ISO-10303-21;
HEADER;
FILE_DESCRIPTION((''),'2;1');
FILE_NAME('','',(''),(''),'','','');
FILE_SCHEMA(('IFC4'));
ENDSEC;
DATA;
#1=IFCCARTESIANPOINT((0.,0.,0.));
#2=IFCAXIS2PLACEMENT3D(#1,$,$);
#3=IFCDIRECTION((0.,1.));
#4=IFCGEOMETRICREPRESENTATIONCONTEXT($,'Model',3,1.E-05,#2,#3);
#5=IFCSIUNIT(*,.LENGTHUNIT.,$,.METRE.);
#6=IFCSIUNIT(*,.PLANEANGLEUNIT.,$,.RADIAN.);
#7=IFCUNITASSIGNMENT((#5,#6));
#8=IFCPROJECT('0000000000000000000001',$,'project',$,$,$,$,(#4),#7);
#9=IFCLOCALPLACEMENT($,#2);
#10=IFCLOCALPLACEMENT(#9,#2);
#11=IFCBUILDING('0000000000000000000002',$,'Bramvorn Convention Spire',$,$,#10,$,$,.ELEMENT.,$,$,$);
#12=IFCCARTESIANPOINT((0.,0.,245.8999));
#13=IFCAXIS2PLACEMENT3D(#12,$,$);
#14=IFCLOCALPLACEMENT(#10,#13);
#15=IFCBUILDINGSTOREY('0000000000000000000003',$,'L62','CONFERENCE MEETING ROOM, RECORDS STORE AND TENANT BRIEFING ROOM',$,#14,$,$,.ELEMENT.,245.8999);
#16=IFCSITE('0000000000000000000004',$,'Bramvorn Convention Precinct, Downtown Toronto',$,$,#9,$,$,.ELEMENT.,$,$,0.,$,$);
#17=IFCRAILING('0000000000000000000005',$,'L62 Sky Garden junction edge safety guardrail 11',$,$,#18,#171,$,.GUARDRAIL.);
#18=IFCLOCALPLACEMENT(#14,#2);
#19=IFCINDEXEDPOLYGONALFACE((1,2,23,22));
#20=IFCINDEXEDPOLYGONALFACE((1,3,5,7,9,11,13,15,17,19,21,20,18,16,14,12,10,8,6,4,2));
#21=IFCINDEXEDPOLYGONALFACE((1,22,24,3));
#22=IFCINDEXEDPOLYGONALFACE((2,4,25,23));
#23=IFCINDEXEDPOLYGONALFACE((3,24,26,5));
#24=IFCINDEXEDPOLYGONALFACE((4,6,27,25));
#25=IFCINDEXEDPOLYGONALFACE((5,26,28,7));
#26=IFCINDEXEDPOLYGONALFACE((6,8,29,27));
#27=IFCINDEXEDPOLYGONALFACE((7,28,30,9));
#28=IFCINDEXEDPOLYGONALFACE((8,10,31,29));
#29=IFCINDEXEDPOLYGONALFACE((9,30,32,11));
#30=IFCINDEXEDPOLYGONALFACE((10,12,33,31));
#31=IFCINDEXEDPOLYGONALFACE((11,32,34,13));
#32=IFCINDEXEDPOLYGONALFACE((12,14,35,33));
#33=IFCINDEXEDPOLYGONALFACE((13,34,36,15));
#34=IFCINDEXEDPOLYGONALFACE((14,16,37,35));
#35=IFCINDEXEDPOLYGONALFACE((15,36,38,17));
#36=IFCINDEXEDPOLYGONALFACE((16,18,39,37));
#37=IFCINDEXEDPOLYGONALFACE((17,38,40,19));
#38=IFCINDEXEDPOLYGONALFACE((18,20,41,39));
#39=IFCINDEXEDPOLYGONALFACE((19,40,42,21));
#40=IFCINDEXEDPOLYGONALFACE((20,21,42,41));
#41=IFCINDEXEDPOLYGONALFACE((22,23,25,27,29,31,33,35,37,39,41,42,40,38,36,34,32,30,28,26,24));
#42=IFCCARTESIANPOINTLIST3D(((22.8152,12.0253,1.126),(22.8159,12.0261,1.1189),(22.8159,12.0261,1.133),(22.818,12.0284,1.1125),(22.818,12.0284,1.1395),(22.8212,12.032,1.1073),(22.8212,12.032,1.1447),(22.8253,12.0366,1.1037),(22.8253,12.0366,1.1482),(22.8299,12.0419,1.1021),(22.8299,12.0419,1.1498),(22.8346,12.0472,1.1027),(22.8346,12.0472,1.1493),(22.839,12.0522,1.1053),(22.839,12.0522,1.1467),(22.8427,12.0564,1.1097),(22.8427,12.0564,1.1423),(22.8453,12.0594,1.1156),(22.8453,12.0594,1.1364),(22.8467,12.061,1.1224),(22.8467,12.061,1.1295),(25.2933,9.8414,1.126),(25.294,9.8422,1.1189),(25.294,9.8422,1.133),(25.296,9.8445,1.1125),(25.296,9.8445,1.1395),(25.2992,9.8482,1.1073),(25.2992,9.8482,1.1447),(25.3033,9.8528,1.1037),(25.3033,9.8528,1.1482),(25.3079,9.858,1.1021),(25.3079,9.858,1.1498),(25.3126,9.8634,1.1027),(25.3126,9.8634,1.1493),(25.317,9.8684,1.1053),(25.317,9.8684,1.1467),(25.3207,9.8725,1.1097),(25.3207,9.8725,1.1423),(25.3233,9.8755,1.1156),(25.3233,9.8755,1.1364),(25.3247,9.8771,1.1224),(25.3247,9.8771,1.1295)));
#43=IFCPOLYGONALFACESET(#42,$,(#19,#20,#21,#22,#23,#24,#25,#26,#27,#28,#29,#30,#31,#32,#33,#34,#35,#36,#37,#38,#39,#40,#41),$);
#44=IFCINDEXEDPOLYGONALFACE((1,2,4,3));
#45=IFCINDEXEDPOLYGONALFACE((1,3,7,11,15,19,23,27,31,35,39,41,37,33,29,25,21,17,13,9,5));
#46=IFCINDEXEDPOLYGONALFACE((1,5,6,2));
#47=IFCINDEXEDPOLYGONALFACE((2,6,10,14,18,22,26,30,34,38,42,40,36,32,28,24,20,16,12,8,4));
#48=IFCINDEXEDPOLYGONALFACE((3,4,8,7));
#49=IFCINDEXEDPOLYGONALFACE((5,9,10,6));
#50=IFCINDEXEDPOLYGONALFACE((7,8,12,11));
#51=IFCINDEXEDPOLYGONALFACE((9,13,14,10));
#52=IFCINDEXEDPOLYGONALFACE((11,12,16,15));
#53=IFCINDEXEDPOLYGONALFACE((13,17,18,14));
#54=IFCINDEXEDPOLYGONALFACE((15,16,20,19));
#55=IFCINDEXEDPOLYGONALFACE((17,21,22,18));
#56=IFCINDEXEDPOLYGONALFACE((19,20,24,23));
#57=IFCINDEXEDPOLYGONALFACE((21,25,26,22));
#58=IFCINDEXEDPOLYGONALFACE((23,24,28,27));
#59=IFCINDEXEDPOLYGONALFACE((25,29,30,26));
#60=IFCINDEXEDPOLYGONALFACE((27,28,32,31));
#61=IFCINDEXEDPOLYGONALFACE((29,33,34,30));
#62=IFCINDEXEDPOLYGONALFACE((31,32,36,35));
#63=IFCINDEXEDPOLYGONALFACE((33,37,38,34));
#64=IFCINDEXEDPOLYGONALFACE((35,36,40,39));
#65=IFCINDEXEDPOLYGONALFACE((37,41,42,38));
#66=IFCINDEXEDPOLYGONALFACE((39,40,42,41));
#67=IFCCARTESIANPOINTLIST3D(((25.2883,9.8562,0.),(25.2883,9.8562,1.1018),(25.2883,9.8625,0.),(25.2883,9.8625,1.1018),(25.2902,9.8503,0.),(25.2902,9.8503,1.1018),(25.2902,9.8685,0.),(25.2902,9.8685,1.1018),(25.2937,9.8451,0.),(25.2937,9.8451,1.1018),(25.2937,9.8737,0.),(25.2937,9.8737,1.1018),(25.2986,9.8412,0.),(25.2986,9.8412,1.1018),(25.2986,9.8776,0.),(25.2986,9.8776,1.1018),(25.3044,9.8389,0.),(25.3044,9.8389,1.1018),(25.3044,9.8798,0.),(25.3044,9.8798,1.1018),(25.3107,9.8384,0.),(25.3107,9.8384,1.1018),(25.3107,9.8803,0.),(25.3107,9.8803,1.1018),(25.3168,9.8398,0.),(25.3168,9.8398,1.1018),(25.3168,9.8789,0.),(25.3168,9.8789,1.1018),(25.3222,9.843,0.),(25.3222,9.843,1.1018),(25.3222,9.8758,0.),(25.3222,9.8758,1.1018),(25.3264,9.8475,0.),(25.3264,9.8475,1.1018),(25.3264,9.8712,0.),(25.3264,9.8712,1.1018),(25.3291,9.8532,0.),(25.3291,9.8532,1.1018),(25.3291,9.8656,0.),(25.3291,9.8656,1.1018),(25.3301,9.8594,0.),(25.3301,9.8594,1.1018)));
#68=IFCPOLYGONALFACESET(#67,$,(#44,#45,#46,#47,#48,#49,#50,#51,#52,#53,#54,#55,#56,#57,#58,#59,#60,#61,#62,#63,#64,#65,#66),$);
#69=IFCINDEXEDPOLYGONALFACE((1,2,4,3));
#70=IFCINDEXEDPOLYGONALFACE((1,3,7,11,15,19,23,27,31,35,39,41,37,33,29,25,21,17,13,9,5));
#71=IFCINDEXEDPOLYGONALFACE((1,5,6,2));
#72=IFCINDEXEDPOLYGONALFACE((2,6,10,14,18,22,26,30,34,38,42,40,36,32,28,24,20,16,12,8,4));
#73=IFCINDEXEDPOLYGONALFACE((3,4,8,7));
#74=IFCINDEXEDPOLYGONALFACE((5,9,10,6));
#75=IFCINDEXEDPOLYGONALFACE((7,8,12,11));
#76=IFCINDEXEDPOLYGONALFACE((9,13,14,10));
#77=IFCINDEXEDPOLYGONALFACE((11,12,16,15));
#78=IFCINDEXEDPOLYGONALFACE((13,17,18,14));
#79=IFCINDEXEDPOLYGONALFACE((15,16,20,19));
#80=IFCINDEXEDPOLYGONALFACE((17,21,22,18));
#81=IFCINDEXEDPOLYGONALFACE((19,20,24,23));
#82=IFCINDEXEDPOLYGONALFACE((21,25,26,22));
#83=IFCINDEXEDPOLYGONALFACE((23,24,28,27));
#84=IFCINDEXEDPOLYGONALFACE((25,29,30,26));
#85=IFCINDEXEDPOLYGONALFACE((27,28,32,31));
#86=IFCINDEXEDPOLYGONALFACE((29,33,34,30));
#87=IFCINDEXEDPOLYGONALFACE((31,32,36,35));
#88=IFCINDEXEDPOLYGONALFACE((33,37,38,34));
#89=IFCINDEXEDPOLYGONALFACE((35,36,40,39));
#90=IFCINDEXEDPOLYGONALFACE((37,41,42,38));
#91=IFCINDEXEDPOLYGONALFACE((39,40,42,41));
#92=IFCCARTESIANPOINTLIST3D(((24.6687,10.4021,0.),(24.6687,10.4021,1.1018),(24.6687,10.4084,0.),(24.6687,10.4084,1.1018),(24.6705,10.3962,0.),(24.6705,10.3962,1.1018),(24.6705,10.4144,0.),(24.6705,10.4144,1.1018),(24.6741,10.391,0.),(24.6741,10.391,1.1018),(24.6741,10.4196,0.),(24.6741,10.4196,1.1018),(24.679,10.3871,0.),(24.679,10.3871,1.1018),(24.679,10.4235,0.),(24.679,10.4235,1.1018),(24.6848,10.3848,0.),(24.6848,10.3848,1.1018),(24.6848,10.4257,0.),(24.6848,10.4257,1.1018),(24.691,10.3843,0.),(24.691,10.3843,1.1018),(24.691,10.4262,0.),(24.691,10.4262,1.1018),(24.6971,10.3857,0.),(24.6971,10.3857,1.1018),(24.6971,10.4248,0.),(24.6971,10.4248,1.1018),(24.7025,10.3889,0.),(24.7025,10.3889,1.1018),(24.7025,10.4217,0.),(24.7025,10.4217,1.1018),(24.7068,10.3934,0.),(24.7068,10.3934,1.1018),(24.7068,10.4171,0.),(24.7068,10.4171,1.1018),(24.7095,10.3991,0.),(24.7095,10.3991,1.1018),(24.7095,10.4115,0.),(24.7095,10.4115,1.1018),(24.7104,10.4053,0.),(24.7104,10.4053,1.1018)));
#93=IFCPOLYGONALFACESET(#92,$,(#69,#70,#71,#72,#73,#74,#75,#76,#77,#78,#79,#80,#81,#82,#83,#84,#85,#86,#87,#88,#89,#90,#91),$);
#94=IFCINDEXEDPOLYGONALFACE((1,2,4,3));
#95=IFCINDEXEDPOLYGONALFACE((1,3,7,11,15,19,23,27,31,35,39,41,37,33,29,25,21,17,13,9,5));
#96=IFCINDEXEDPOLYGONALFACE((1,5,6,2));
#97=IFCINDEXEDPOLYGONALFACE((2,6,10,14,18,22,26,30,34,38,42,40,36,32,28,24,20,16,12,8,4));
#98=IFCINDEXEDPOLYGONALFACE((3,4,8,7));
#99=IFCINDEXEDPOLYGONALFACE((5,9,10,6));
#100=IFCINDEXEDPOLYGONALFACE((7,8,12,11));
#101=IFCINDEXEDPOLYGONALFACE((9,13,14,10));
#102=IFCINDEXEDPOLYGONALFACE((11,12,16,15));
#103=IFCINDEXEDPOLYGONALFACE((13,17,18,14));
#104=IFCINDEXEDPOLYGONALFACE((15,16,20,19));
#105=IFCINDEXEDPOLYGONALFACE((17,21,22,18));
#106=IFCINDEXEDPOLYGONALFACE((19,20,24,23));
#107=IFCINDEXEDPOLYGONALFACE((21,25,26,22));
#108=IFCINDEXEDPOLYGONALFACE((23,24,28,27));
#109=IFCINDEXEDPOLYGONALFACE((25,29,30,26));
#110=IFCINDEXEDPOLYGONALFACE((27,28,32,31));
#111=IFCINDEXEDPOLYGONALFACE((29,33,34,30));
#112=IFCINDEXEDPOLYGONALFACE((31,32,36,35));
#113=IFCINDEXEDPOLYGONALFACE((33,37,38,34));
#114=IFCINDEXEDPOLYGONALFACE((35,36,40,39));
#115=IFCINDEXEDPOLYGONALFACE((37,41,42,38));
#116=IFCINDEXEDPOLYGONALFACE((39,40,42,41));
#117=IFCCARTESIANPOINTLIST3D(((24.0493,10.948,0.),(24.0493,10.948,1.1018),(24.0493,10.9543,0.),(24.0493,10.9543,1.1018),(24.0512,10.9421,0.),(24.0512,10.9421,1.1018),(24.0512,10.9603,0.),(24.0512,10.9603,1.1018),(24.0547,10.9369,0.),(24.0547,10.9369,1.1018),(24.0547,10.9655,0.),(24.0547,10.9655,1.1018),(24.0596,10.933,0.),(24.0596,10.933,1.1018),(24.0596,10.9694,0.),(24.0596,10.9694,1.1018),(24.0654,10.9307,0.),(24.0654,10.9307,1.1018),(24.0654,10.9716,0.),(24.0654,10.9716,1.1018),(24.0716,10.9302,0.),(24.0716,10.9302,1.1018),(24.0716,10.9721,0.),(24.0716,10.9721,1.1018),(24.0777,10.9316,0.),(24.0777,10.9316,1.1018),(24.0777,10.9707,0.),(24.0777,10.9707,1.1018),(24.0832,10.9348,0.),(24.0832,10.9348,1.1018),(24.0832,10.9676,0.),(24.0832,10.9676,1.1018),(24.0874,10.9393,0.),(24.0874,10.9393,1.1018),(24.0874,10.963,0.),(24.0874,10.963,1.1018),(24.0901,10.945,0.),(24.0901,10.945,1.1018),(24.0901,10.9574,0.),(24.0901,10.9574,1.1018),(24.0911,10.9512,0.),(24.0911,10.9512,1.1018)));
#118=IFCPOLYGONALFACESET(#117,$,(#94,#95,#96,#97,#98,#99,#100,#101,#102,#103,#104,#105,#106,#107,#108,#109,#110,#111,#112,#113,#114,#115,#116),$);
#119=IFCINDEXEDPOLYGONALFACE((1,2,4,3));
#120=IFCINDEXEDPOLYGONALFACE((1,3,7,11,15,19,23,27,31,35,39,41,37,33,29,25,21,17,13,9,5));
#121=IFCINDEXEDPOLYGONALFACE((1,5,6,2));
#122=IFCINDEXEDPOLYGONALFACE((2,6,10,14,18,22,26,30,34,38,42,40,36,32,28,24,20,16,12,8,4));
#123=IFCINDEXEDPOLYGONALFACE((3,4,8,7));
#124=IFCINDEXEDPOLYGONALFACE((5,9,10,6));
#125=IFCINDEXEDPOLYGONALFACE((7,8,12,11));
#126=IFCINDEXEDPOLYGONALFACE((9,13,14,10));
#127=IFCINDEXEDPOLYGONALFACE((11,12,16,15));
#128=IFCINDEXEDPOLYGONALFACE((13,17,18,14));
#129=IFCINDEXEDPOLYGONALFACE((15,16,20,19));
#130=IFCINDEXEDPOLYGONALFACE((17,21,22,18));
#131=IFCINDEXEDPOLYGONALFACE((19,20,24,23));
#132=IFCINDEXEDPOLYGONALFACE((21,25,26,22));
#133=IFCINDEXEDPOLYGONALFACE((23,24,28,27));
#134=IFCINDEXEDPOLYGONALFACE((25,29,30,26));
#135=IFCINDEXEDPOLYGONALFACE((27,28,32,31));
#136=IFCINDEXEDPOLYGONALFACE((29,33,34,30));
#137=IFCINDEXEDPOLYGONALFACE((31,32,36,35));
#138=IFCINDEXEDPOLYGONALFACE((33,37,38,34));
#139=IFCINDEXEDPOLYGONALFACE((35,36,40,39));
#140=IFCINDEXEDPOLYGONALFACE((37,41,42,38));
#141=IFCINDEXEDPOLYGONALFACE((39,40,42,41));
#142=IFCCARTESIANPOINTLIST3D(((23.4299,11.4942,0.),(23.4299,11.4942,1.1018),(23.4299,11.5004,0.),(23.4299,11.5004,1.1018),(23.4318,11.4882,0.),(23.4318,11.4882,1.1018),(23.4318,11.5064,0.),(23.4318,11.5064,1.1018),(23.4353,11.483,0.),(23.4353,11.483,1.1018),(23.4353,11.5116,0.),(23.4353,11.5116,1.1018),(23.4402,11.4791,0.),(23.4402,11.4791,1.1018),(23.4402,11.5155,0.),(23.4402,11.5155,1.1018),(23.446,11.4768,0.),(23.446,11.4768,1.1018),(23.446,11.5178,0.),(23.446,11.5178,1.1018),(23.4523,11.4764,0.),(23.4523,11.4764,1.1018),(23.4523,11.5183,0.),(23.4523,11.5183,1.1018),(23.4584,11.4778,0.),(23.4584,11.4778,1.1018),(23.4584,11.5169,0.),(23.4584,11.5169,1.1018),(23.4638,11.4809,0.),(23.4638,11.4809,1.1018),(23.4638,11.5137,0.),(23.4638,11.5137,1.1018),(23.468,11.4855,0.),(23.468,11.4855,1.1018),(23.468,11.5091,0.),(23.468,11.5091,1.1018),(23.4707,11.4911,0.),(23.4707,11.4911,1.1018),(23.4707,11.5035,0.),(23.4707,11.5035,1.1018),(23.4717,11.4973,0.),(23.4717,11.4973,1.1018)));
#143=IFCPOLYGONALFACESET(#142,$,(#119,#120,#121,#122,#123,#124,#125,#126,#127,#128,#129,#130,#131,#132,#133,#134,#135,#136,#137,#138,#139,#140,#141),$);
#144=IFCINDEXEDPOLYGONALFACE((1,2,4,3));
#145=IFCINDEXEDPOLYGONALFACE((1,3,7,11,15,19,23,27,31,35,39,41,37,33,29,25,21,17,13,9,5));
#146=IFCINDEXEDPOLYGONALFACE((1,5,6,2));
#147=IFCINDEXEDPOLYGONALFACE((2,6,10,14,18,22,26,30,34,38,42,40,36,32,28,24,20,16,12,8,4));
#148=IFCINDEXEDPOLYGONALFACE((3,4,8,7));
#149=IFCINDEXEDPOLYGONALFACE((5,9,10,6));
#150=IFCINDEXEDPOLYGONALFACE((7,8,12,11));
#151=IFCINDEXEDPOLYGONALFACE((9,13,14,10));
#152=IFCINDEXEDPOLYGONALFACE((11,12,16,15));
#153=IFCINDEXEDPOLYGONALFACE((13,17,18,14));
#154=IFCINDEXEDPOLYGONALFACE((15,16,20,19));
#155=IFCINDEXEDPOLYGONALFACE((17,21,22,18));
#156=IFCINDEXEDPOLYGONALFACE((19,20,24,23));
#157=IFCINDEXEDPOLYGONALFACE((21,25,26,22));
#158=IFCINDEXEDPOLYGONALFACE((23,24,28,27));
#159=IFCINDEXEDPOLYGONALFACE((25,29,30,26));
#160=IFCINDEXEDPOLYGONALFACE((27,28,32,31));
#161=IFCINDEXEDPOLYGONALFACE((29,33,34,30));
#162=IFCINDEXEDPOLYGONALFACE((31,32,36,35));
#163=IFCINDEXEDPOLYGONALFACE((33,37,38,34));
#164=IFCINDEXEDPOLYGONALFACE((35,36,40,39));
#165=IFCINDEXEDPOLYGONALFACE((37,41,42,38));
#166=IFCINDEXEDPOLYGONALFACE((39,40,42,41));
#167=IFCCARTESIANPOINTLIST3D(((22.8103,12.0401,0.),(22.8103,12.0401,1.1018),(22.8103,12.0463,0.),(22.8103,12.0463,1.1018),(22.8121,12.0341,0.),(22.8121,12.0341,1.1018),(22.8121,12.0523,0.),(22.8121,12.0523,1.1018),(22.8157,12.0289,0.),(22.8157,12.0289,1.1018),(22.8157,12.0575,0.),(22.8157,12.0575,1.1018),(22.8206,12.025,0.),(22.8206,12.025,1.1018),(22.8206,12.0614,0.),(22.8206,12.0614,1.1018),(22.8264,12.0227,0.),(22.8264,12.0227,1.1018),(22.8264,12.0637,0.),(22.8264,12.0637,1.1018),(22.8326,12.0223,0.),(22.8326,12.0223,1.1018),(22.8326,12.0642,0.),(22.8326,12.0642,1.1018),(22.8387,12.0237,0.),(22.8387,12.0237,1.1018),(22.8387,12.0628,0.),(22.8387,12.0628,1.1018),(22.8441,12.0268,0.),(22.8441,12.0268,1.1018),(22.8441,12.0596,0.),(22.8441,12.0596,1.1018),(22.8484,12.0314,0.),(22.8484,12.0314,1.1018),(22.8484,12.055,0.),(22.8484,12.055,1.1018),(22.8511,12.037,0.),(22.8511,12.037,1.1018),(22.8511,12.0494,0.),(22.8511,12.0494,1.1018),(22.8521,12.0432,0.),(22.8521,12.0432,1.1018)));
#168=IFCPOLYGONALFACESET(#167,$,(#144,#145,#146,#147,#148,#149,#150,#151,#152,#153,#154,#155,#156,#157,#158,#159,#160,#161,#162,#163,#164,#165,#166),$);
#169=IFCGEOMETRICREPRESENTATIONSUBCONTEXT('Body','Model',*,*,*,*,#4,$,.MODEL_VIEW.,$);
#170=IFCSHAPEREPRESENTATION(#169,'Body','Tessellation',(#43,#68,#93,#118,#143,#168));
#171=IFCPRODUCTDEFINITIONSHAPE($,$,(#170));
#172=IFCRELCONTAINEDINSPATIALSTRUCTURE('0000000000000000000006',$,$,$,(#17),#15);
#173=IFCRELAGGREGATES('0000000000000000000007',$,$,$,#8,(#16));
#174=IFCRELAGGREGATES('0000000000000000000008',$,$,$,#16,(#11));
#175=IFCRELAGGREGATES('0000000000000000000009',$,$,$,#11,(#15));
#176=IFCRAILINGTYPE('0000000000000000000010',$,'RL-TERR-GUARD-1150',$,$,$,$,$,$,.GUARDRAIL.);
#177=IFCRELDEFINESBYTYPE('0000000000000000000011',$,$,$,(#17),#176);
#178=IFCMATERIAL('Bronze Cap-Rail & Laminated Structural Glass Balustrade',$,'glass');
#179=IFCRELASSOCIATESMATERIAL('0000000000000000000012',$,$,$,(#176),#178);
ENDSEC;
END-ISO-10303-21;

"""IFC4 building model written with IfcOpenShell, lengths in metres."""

from ifc_helpers import new_model, si_unit, direction, frame, origin, origin_2d, place, context, subcontext, project, spatial, circle, extrude, material, type_object, element, save


model = new_model("IFC4")

# Units and contexts
model_context = context("Model", 3, precision=1e-05, world=origin(), true_north=direction((0.0, 1.0)))
body_context = subcontext(model_context, "Body", "Model", "MODEL_VIEW")
ifc_project = project(units=[si_unit("LENGTHUNIT", "METRE"), si_unit("PLANEANGLEUNIT", "RADIAN")], contexts=[model_context])

# Site, building, storey
site_placement = place(None, origin())
site = spatial("IfcSite", under=ifc_project, at=site_placement, Name="Bramvorn Convention Precinct, Downtown Toronto", CompositionType="ELEMENT", RefElevation=0.0)
building_placement = place(site_placement, origin())
building = spatial("IfcBuilding", under=site, at=building_placement, Name="Bramvorn Convention Spire", CompositionType="ELEMENT")
storey_placement = place(building_placement, frame((0.0, 0.0, 245.8999)))
storey = spatial("IfcBuildingStorey", under=building, at=storey_placement, Name="L62", Description="CONFERENCE MEETING ROOM, RECORDS STORE AND TENANT BRIEFING ROOM", CompositionType="ELEMENT", Elevation=245.8999)

# Railing
ifc_material_1 = material(Name="Bronze Cap-Rail & Laminated Structural Glass Balustrade", Category="glass")
railing_type = type_object("IfcRailingType", Name="RL-TERR-GUARD-1150", PredefinedType="GUARDRAIL", material=ifc_material_1)
railing_placement = place(storey_placement, frame((25.3091, 9.8594, 0.0)))
element("IfcRailing", 1, at=railing_placement, inside=storey, type_object=railing_type, Name="L62 Sky Garden junction edge safety guardrail 11", PredefinedType="GUARDRAIL", context=body_context, shape_type="SweptSolid", body=[
    extrude(circle(Radius=0.0239, at=origin_2d()), frame((0.0, 0.0, 1.126), z_axis=(-0.750237, 0.661169, 0.0), x_axis=(-0.661169, -0.750237, 0.0)), (0.0, 0.0, 1.0), 3.303),
    extrude(circle(Radius=0.021, at=origin_2d()), origin(), (0.0, 0.0, 1.0), 1.1018),
    extrude(circle(Radius=0.021, at=origin_2d()), frame((-0.6196, 0.5459, 0.0)), (0.0, 0.0, 1.0), 1.1018),
    extrude(circle(Radius=0.021, at=origin_2d()), frame((-1.239, 1.0918, 0.0)), (0.0, 0.0, 1.0), 1.1018),
    extrude(circle(Radius=0.021, at=origin_2d()), frame((-1.8584, 1.6379, 0.0)), (0.0, 0.0, 1.0), 1.1018),
    extrude(circle(Radius=0.021, at=origin_2d()), frame((-2.478, 2.1838, 0.0)), (0.0, 0.0, 1.0), 1.1018),
])

save(model, "model.ifc")
